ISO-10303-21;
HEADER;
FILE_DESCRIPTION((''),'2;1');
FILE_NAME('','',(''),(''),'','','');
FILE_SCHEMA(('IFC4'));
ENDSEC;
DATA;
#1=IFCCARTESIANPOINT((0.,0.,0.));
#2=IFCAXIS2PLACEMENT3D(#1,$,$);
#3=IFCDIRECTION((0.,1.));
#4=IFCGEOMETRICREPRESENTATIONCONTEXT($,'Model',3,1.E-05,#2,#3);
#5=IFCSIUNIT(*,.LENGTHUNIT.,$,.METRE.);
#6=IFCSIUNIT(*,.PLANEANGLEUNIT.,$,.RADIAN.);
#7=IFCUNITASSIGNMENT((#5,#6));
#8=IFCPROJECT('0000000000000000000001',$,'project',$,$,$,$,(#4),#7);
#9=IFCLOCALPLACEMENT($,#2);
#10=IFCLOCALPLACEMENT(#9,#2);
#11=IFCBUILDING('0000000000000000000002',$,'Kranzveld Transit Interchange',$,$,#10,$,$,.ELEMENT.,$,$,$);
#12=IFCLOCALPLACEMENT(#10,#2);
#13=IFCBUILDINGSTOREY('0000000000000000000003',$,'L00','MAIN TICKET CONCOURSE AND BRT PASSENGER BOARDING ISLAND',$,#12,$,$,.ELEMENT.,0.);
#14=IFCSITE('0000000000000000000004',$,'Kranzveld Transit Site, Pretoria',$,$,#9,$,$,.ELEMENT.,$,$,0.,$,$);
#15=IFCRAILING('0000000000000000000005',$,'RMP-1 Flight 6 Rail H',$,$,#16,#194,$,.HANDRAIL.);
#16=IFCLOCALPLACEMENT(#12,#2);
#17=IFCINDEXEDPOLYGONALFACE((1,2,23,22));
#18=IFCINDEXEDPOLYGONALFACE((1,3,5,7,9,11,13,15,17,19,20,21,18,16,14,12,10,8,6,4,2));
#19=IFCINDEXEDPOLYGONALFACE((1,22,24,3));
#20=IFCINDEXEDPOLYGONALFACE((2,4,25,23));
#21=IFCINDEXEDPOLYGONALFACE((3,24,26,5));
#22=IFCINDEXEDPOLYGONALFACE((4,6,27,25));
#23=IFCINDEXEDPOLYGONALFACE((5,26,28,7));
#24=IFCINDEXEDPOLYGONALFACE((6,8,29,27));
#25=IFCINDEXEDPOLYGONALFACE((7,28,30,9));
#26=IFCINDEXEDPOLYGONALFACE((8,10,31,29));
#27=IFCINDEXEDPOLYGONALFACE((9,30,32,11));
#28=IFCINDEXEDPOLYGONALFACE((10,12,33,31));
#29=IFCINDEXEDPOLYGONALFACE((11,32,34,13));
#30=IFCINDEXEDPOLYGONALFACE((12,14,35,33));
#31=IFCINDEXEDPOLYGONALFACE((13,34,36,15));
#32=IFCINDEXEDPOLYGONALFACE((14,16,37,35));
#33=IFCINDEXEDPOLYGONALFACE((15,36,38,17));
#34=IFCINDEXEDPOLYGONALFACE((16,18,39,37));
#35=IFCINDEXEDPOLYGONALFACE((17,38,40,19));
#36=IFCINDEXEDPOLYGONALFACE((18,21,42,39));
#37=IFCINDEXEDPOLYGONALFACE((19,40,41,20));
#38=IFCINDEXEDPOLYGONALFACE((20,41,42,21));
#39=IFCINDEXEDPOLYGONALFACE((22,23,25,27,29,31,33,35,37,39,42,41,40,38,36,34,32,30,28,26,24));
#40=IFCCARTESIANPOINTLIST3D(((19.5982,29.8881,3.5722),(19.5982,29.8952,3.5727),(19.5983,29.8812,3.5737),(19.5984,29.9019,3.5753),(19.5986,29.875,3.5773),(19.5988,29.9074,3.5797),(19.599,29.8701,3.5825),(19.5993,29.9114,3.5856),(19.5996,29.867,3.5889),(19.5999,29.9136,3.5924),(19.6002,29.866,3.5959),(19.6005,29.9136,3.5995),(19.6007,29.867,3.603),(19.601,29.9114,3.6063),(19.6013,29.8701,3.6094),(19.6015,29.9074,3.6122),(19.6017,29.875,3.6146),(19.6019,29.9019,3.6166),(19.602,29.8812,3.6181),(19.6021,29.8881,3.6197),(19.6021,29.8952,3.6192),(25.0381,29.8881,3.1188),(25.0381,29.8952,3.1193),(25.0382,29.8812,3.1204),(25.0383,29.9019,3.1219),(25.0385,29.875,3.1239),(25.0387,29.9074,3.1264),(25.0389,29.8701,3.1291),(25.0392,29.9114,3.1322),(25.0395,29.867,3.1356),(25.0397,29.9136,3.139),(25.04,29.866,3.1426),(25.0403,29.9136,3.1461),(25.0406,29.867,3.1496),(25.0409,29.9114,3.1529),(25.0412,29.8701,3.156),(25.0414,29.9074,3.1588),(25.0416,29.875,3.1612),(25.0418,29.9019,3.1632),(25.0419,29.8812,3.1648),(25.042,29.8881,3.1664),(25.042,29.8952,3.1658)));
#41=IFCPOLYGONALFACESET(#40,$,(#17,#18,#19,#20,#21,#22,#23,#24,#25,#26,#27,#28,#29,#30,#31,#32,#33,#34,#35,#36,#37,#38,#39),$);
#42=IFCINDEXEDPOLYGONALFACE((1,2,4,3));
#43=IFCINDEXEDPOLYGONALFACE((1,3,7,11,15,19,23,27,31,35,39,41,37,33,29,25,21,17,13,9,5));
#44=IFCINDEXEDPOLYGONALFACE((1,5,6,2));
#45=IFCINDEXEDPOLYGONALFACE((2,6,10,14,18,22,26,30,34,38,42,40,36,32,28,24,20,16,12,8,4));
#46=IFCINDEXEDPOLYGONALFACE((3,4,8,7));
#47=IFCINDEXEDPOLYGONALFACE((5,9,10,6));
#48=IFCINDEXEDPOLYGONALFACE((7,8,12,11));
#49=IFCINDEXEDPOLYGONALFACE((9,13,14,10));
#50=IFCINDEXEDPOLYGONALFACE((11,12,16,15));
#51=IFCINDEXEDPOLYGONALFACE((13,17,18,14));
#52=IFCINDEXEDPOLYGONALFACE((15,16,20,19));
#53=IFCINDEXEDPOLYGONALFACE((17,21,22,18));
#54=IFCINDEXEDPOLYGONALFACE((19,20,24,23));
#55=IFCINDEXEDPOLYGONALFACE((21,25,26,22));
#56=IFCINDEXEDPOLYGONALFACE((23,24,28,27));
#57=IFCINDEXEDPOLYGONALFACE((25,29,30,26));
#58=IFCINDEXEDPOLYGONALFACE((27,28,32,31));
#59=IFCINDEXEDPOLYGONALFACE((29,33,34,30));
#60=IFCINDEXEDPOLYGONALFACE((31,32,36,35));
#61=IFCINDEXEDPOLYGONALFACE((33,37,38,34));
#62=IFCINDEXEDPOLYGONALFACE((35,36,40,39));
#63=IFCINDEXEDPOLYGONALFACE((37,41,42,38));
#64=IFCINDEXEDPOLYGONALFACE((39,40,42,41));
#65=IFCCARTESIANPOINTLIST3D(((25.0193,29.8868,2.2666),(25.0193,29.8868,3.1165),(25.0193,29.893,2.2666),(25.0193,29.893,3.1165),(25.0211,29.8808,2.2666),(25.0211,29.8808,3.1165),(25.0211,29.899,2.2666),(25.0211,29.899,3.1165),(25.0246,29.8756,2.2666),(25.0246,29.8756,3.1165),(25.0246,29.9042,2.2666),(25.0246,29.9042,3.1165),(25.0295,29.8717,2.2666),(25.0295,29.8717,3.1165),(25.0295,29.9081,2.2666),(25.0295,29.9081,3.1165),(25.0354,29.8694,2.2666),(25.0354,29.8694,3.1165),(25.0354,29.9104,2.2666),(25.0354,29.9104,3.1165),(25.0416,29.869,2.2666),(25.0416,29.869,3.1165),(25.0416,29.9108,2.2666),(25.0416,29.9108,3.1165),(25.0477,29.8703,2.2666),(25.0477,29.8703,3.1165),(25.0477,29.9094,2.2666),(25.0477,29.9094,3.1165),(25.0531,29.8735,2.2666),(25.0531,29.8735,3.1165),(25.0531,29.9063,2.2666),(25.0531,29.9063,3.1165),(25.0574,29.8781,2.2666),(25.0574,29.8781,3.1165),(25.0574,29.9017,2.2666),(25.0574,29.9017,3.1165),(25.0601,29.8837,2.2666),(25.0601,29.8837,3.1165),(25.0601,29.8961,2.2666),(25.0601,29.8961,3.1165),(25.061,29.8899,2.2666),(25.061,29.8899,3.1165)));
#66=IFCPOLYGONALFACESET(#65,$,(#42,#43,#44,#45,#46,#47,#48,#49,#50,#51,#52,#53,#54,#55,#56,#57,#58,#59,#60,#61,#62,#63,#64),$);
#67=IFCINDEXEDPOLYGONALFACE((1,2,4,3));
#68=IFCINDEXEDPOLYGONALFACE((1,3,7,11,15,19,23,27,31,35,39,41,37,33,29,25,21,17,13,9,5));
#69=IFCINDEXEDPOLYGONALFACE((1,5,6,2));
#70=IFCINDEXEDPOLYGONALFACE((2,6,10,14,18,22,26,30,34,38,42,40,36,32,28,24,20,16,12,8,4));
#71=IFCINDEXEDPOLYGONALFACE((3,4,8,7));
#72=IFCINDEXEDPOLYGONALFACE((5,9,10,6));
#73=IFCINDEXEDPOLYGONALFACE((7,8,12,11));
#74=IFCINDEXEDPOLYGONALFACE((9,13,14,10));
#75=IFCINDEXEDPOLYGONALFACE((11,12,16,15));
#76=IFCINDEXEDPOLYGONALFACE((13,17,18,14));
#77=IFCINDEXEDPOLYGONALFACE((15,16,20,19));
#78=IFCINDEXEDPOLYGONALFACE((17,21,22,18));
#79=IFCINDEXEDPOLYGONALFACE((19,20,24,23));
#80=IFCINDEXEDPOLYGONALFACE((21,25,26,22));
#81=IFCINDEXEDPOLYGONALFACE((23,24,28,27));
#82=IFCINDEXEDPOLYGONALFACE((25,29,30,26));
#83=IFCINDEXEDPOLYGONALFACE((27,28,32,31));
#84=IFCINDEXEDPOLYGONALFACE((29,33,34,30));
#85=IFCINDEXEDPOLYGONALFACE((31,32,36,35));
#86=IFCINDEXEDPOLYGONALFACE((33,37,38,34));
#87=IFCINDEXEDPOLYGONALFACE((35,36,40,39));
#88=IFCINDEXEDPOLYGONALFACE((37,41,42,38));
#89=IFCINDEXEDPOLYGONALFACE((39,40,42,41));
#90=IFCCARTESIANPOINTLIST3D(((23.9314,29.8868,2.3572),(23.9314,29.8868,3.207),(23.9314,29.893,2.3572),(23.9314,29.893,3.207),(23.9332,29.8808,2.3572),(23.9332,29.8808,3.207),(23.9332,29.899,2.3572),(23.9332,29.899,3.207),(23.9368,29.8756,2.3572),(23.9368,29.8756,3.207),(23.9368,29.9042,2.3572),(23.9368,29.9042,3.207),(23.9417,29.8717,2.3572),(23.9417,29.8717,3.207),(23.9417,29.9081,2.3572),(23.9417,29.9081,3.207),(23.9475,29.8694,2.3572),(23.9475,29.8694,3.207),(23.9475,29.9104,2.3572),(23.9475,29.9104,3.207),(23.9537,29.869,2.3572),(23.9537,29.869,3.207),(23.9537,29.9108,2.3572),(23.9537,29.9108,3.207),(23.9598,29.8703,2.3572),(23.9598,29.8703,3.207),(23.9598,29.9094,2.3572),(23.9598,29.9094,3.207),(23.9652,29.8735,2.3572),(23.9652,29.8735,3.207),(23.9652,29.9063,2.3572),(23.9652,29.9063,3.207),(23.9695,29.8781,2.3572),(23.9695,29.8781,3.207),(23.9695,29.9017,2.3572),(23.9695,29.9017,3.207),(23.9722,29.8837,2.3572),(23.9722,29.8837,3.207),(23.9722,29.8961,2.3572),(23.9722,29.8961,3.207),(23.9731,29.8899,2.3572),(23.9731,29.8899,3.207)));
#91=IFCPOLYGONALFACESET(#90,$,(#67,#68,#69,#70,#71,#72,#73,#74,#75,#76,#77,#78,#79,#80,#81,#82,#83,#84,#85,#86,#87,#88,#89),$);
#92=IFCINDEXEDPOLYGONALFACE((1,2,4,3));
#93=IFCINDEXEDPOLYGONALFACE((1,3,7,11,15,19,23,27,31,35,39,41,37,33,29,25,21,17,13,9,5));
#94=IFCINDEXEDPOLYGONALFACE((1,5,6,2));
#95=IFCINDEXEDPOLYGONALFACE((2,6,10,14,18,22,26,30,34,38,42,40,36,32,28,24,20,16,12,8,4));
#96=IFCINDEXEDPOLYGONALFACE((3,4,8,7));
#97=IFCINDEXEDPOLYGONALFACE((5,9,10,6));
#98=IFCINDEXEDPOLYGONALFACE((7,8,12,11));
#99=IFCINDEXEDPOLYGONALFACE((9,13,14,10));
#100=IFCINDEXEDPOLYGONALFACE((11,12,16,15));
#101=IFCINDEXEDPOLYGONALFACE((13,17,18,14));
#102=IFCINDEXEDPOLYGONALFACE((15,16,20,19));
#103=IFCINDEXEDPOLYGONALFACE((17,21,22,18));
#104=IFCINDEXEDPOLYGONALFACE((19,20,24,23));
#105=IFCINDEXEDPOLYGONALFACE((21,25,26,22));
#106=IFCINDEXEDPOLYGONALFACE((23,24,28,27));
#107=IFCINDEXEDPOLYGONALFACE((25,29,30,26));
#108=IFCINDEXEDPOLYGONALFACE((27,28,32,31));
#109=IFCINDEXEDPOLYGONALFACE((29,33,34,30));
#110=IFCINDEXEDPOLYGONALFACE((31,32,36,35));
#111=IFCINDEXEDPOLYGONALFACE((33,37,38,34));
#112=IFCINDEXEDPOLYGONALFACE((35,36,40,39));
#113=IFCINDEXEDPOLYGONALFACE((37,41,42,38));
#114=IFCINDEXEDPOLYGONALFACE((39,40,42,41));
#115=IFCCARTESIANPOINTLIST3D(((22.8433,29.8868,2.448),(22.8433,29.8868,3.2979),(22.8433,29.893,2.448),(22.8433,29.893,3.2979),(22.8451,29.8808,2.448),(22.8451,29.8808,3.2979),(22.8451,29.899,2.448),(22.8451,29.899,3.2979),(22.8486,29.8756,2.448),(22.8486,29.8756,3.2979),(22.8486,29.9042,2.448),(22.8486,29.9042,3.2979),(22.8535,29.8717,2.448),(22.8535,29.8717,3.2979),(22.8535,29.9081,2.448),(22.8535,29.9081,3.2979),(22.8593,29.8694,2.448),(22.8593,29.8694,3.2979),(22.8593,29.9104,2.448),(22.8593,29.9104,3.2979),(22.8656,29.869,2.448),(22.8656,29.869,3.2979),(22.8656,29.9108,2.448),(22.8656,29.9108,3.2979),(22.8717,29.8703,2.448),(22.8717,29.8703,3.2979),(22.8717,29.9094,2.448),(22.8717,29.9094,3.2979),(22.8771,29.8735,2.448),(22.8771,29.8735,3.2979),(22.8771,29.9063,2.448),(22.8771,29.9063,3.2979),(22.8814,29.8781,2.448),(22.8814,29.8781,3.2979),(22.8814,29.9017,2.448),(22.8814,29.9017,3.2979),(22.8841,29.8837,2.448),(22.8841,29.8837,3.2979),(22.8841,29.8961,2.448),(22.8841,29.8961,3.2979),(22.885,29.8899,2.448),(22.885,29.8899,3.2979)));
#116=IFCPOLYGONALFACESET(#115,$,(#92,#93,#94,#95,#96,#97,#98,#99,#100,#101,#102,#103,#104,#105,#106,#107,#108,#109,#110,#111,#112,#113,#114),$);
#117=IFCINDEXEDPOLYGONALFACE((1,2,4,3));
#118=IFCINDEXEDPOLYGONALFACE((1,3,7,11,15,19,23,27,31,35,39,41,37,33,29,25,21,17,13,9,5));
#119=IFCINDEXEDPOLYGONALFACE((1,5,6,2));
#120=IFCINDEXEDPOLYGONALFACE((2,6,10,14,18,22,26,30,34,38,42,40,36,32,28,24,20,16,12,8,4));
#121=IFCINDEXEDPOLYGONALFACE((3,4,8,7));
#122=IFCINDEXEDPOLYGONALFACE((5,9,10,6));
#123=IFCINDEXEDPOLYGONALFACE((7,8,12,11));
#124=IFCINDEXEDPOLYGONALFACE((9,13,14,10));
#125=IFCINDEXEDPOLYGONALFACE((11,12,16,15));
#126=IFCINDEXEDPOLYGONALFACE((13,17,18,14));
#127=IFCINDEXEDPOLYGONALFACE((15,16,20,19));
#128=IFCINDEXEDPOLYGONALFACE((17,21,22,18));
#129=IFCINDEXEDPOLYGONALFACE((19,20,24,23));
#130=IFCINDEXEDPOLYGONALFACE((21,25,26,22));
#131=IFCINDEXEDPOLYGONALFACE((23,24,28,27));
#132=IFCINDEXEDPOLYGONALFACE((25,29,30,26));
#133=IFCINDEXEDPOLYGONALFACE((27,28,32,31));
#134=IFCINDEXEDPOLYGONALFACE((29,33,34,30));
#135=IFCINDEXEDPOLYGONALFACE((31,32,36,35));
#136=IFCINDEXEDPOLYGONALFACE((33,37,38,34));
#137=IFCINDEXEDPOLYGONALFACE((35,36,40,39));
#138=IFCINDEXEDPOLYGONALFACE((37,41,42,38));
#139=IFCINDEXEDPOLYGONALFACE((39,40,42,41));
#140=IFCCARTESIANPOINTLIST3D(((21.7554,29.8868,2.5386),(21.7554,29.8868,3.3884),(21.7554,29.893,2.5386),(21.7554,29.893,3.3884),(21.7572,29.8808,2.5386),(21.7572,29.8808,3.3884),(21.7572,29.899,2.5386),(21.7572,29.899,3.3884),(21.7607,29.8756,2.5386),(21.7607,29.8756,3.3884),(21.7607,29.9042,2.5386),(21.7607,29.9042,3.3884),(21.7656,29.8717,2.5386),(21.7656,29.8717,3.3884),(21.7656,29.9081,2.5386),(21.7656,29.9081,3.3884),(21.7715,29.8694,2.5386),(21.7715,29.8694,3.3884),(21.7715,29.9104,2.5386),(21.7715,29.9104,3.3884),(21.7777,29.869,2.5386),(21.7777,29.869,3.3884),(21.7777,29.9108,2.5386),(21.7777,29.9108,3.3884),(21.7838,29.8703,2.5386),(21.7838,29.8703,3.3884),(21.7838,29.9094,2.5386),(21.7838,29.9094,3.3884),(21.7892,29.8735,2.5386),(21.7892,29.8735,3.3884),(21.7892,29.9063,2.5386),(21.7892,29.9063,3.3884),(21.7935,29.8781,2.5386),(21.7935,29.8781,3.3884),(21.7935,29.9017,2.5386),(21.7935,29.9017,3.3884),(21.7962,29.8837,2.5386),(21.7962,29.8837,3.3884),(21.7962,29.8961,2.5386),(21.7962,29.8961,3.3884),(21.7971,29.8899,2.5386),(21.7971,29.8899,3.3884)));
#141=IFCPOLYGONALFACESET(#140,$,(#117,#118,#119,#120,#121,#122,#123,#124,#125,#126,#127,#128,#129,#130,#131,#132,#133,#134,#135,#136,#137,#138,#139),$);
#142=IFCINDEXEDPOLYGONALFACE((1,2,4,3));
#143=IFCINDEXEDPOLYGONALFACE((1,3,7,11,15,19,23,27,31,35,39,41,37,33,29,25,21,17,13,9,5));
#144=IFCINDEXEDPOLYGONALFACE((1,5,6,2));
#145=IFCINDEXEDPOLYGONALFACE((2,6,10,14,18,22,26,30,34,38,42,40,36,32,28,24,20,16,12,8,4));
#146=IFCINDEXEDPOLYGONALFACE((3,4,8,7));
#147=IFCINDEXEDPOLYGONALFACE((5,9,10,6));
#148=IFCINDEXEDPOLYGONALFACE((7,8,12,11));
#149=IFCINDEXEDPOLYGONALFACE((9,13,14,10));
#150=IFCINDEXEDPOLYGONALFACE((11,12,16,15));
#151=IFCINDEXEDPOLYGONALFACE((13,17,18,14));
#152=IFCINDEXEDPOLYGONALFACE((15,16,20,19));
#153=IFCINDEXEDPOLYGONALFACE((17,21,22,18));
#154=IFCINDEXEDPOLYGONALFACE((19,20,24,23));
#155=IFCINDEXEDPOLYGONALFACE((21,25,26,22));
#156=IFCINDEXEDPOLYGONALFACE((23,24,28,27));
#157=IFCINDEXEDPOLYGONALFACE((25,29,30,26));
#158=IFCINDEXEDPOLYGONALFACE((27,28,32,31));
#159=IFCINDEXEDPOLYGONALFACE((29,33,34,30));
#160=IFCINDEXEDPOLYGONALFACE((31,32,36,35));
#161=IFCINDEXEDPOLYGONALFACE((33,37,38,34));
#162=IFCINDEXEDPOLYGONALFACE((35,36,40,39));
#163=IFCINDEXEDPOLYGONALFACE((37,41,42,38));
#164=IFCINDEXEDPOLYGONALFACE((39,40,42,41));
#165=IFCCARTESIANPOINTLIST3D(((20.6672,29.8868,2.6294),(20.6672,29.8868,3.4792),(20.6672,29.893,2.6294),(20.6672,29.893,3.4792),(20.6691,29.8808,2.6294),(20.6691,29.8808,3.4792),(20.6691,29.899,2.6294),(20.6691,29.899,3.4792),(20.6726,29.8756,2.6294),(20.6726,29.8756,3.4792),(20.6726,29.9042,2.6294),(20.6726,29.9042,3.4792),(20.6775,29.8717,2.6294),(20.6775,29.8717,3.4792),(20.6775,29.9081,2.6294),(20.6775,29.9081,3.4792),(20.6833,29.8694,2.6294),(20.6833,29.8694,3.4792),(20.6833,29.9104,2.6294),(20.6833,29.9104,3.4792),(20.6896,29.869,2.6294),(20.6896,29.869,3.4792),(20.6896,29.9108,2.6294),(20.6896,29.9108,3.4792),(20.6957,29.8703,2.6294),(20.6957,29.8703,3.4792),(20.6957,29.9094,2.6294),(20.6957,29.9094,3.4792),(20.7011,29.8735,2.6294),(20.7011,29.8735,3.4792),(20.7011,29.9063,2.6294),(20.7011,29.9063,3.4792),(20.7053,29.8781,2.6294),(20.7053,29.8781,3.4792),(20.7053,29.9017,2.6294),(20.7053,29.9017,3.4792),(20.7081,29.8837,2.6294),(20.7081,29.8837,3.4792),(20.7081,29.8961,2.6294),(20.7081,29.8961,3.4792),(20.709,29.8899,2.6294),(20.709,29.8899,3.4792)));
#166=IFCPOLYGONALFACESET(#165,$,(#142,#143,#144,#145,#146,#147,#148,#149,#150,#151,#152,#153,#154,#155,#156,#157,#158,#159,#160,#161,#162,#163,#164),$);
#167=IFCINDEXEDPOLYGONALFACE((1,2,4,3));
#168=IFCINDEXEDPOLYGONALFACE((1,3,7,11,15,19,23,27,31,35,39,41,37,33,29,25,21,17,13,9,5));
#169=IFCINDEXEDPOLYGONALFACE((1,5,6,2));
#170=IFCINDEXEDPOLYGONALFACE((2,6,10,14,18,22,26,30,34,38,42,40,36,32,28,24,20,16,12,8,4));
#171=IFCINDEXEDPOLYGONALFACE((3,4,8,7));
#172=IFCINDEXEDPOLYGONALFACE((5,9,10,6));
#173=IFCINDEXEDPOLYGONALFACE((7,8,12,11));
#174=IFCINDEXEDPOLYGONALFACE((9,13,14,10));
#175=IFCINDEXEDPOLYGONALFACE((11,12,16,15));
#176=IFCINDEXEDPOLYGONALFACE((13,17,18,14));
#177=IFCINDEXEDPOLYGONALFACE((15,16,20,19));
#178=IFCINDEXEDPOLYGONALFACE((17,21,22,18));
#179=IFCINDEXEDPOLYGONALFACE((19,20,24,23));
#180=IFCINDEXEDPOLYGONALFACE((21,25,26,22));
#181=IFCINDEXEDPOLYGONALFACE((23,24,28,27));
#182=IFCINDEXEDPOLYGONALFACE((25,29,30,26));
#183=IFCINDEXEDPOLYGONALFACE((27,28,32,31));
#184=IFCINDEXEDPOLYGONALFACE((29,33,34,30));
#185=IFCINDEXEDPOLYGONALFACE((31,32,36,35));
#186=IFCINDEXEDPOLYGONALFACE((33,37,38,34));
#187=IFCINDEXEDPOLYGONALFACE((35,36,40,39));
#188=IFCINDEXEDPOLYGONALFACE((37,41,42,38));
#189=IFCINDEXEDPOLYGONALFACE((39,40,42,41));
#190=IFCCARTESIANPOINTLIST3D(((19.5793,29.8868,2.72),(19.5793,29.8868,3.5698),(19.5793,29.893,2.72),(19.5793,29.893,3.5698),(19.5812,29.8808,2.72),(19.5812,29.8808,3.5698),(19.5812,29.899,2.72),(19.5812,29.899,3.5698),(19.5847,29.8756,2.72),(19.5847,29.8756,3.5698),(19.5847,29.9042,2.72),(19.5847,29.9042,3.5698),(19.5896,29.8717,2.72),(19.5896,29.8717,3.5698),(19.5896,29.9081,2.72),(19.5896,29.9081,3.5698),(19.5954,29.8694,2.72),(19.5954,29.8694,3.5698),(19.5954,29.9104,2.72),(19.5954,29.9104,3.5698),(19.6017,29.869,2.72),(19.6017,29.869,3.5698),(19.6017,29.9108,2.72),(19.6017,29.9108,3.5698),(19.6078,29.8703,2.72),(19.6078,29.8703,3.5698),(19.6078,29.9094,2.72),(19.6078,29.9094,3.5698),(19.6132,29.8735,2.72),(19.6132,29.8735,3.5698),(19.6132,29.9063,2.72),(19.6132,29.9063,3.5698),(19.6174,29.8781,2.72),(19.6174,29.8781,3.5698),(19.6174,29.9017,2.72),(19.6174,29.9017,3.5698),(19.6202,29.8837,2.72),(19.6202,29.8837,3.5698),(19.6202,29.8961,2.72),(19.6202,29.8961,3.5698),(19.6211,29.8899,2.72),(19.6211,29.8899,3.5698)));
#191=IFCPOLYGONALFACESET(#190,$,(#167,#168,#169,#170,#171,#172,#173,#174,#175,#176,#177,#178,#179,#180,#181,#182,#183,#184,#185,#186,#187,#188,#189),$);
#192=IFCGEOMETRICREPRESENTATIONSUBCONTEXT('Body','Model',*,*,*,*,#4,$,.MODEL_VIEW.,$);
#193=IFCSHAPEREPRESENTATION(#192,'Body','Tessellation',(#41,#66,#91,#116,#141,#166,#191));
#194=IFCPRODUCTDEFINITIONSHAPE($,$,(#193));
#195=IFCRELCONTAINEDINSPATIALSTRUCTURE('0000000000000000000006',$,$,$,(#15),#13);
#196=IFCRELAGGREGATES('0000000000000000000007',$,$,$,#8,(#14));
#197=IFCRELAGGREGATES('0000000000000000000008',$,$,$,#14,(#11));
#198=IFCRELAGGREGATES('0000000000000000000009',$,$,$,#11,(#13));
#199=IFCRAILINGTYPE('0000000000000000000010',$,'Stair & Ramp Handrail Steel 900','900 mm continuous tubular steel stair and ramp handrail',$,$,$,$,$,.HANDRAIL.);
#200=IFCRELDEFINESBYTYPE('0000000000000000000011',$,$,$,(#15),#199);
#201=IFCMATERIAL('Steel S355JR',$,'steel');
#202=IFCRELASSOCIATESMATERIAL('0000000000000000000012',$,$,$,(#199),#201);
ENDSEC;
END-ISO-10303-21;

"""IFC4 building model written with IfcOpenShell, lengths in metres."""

from ifc_helpers import new_model, si_unit, direction, frame, origin, origin_2d, place, context, subcontext, project, spatial, circle, extrude, material, type_object, element, save


model = new_model("IFC4")

# Units and contexts
model_context = context("Model", 3, precision=1e-05, world=origin(), true_north=direction((0.0, 1.0)))
body_context = subcontext(model_context, "Body", "Model", "MODEL_VIEW")
ifc_project = project(units=[si_unit("LENGTHUNIT", "METRE"), si_unit("PLANEANGLEUNIT", "RADIAN")], contexts=[model_context])

# Site, building, storey
site_placement = place(None, origin())
site = spatial("IfcSite", under=ifc_project, at=site_placement, Name="Kranzveld Transit Site, Pretoria", CompositionType="ELEMENT", RefElevation=0.0)
building_placement = place(site_placement, origin())
building = spatial("IfcBuilding", under=site, at=building_placement, Name="Kranzveld Transit Interchange", CompositionType="ELEMENT")
storey_placement = place(building_placement, origin())
storey = spatial("IfcBuildingStorey", under=building, at=storey_placement, Name="L00", Description="MAIN TICKET CONCOURSE AND BRT PASSENGER BOARDING ISLAND", CompositionType="ELEMENT", Elevation=0.0)

# Railing
ifc_material_1 = material(Name="Steel S355JR", Category="steel")
railing_type_1 = type_object("IfcRailingType", Name="Stair & Ramp Handrail Steel 900", Description="900 mm continuous tubular steel stair and ramp handrail", PredefinedType="HANDRAIL", material=ifc_material_1)
for number, where, name in (
    (1, (25.04, 29.8899, 2.2666), "RMP-1 Flight 6 Rail H"),
):
    element("IfcRailing", number, at=place(storey_placement, frame(where)), inside=storey, type_object=railing_type_1, Name=name, PredefinedType="HANDRAIL", context=body_context, shape_type="SweptSolid", body=[
        extrude(circle(Radius=0.0239, at=origin_2d()), frame((0.0, 0.0, 0.876), z_axis=(-0.996545, 0.0, 0.083053), x_axis=(0.0, -1.0, 0.0)), (0.0, 0.0, 1.0), 5.4587),
        extrude(circle(Radius=0.021, at=origin_2d()), origin(), (0.0, 0.0, 1.0), 0.8499),
        extrude(circle(Radius=0.021, at=origin_2d()), frame((-1.0879, 0.0, 0.0906)), (0.0, 0.0, 1.0), 0.8499),
        extrude(circle(Radius=0.021, at=origin_2d()), frame((-2.176, 0.0, 0.1814)), (0.0, 0.0, 1.0), 0.8499),
        extrude(circle(Radius=0.021, at=origin_2d()), frame((-3.2639, 0.0, 0.272)), (0.0, 0.0, 1.0), 0.8499),
        extrude(circle(Radius=0.021, at=origin_2d()), frame((-4.3521, 0.0, 0.3628)), (0.0, 0.0, 1.0), 0.8499),
        extrude(circle(Radius=0.021, at=origin_2d()), frame((-5.4399, 0.0, 0.4534)), (0.0, 0.0, 1.0), 0.8499),
    ])

save(model, "model.ifc")
